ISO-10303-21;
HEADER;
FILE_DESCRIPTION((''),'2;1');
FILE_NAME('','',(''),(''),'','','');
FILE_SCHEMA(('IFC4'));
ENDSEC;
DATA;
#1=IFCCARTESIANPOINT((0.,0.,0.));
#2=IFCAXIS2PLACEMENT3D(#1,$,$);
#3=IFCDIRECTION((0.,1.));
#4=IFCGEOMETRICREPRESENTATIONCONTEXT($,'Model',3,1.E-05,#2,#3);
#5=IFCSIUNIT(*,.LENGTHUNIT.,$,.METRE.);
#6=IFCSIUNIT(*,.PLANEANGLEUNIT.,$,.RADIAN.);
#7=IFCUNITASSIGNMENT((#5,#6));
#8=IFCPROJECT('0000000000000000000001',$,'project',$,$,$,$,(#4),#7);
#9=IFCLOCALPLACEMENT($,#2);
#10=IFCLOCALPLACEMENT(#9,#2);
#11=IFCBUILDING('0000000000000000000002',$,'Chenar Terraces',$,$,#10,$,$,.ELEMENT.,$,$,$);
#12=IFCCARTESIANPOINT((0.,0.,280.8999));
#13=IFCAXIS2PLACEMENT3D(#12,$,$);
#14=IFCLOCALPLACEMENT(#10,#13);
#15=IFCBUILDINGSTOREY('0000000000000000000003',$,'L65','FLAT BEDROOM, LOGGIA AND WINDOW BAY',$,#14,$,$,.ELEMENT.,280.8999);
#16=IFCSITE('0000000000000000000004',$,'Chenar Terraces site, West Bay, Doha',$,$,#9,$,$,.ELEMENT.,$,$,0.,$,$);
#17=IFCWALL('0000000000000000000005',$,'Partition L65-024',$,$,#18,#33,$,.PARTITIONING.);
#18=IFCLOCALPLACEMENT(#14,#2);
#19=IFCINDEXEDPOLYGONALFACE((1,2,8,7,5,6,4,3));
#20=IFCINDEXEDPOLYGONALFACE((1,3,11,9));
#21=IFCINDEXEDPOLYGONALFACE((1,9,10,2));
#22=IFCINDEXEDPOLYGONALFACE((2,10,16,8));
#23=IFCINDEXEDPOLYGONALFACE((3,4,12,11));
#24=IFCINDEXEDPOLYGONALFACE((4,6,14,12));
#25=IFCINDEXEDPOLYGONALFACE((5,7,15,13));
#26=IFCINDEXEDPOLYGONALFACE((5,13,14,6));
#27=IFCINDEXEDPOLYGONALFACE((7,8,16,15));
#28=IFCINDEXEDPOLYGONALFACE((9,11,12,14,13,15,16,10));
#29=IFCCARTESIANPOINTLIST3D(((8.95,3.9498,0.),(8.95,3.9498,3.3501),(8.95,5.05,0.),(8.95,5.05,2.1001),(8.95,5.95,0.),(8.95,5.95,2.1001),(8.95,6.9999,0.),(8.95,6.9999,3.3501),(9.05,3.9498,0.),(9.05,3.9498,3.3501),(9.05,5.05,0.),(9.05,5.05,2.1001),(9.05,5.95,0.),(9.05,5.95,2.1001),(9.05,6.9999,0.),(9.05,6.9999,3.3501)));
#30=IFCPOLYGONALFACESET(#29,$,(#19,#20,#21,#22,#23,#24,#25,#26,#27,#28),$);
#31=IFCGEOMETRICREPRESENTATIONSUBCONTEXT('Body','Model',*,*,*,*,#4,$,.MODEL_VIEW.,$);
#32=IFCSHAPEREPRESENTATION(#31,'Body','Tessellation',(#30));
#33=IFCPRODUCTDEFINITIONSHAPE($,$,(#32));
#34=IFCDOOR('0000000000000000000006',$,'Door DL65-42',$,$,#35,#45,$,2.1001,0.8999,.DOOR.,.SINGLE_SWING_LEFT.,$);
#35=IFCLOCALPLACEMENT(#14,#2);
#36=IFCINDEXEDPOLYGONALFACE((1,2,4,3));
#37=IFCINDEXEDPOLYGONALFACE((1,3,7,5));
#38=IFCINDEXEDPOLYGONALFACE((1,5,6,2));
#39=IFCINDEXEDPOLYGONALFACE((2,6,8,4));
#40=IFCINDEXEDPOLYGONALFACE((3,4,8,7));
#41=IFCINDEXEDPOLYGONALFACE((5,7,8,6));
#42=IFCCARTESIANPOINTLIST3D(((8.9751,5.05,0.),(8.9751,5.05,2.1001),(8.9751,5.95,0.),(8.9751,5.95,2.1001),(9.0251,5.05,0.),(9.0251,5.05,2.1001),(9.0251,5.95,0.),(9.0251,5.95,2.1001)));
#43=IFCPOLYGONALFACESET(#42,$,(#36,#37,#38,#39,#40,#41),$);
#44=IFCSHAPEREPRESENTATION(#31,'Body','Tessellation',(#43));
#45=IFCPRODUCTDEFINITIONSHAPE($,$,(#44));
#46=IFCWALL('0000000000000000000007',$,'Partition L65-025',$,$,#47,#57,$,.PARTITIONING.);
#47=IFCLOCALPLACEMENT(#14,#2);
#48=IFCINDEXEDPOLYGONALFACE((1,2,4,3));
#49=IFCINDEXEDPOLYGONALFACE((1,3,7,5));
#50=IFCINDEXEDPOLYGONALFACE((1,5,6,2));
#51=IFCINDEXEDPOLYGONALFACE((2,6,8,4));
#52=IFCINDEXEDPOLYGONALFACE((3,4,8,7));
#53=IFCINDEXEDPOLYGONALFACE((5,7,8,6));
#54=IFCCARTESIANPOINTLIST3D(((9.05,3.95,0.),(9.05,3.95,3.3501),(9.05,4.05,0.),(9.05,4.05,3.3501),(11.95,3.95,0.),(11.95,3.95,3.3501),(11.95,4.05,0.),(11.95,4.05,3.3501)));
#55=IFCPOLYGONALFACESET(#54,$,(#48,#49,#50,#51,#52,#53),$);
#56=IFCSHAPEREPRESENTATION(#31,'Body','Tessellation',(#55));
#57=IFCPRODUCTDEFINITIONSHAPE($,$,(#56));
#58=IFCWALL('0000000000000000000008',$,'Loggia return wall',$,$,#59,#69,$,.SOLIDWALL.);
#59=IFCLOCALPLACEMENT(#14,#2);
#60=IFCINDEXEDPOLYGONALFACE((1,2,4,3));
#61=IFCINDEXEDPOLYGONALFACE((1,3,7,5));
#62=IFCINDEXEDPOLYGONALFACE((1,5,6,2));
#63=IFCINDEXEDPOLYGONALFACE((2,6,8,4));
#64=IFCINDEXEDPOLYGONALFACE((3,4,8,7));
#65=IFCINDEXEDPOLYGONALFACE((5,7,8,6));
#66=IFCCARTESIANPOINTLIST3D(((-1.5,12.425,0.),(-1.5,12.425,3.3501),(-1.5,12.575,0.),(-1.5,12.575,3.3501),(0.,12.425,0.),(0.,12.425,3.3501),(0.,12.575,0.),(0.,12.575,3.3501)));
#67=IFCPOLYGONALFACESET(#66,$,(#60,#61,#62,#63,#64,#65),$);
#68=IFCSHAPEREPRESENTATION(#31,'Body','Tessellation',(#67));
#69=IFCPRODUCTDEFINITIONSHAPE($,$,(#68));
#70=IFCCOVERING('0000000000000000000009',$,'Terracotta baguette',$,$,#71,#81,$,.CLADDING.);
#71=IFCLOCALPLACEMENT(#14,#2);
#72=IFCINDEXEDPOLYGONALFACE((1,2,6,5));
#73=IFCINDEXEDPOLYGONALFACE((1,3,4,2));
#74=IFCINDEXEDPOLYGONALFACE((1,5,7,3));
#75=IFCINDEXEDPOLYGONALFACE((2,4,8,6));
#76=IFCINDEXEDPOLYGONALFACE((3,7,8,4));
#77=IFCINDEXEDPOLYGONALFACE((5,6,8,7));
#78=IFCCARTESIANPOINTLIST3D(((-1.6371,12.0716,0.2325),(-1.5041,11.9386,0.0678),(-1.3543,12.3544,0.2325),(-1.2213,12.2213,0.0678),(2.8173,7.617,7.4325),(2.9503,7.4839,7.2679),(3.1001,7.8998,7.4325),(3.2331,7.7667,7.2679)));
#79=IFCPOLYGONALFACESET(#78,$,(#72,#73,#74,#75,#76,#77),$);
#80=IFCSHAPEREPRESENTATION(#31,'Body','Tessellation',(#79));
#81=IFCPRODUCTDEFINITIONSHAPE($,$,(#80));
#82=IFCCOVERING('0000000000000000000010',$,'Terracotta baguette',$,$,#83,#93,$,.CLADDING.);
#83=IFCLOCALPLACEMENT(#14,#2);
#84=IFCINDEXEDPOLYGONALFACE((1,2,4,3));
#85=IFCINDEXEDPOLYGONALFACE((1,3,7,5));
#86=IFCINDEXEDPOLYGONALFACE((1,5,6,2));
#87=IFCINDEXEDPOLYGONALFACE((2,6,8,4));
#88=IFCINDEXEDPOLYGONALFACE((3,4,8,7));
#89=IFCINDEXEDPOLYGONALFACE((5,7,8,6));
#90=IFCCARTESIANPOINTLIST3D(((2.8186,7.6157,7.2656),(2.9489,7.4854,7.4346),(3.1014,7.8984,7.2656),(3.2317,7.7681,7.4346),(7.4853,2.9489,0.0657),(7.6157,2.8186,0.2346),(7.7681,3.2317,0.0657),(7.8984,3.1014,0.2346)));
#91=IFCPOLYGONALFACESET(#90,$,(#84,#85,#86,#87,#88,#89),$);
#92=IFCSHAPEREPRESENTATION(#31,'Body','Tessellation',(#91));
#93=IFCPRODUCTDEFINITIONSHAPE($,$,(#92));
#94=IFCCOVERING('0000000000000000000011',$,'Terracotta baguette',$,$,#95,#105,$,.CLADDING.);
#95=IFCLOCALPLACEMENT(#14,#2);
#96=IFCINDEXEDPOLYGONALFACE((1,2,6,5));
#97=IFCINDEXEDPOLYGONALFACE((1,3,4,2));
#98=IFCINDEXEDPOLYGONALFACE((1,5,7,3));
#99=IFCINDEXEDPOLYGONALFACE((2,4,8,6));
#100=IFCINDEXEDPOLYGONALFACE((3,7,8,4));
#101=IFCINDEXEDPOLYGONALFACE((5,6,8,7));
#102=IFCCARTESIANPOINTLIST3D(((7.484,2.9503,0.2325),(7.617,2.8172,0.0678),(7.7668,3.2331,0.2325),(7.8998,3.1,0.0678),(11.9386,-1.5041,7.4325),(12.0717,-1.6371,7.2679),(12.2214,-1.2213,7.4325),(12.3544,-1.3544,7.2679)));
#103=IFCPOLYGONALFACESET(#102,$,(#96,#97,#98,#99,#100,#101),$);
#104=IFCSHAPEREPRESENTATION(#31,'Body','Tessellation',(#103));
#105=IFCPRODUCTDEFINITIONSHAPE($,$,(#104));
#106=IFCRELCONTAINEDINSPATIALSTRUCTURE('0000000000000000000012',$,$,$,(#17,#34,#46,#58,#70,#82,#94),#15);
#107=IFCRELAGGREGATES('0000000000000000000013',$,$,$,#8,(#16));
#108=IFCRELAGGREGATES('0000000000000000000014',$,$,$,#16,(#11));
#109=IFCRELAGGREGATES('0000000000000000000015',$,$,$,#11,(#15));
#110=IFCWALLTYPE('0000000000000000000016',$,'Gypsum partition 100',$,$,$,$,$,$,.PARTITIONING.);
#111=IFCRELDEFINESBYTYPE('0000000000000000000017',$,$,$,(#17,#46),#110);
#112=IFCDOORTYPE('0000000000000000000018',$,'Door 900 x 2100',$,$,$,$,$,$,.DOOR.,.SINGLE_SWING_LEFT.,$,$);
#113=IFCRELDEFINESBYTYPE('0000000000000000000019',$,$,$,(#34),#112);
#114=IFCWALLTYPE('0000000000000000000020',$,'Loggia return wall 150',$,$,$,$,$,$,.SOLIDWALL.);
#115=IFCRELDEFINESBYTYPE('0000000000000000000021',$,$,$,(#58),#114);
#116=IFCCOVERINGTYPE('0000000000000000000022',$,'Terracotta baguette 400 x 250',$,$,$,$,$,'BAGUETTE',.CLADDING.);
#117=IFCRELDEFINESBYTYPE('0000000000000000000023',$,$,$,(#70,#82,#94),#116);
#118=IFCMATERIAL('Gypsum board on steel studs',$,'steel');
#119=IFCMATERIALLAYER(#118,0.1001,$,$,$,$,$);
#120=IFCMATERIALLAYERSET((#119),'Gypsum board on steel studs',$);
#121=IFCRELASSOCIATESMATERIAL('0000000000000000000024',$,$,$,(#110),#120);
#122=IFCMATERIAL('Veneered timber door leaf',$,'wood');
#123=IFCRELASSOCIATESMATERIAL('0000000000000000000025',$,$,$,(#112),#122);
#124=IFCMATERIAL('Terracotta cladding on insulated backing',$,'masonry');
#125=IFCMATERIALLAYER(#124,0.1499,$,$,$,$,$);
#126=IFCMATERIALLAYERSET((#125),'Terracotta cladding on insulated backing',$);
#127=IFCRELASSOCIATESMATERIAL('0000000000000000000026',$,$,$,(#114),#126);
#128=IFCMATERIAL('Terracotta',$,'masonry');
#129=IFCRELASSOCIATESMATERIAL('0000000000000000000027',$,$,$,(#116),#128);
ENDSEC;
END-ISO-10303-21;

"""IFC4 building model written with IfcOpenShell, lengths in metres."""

from ifc_helpers import new_model, si_unit, direction, frame, frame_2d, origin, origin_2d, place, context, subcontext, project, spatial, rectangle, extrude, material, layer, layer_set, material_profile, profile_set, type_object, element, fill, save


model = new_model("IFC4")

# Units and contexts
model_context = context("Model", 3, precision=1e-05, world=origin(), true_north=direction((0.0, 1.0)))
body_context = subcontext(model_context, "Body", "Model", "MODEL_VIEW")
ifc_project = project(units=[si_unit("LENGTHUNIT", "METRE"), si_unit("PLANEANGLEUNIT", "RADIAN")], contexts=[model_context])

# Site, building, storey
site_placement = place(None, origin())
site = spatial("IfcSite", under=ifc_project, at=site_placement, Name="Chenar Terraces site, West Bay, Doha", CompositionType="ELEMENT", RefElevation=0.0)
building_placement = place(site_placement, origin())
building = spatial("IfcBuilding", under=site, at=building_placement, Name="Chenar Terraces", CompositionType="ELEMENT")
storey_placement = place(building_placement, frame((0.0, 0.0, 280.8999)))
storey = spatial("IfcBuildingStorey", under=building, at=storey_placement, Name="L65", Description="FLAT BEDROOM, LOGGIA AND WINDOW BAY", CompositionType="ELEMENT", Elevation=280.8999)

# Wall, opening, door
ifc_material_1 = material(Name="Gypsum board on steel studs", Category="steel")
ifc_layer_1 = layer(ifc_material_1, 0.1001)
ifc_layer_set_1 = layer_set([ifc_layer_1], Name="Gypsum board on steel studs")
wall_type_1 = type_object("IfcWallType", Name="Gypsum partition 100", PredefinedType="PARTITIONING", material=ifc_layer_set_1)
ifc_material_2 = material(Name="Veneered timber door leaf", Category="wood")
door_type_1 = type_object("IfcDoorType", Name="Door 900 x 2100", OperationType="SINGLE_SWING_LEFT", PredefinedType="DOOR", material=ifc_material_2)
wall_1_placement = place(storey_placement, frame((9.0, 3.95, 0.0), z_axis=(0.0, 0.0, 1.0), x_axis=(0.0, 1.0, 0.0)))
wall_1 = element("IfcWall", 1, at=wall_1_placement, inside=storey, type_object=wall_type_1, Name="Partition L65-024", PredefinedType="PARTITIONING", context=body_context, shape_type="SweptSolid", body=[
    extrude(rectangle(XDim=3.05, YDim=0.1001, at=frame_2d((1.5249, 0.0))), origin(), (0.0, 0.0, 1.0), 3.3501),
])
opening_1_placement = place(wall_1_placement, frame((1.1001, 0.0, 0.0)))
opening_1 = element("IfcOpeningElement", 2, at=opening_1_placement, cuts=wall_1, PredefinedType="OPENING", context=body_context, shape_type="SweptSolid", body=[
    extrude(rectangle(XDim=0.8999, YDim=2.1001, at=frame_2d((0.45, 1.05))), frame((0.0, 0.0601, 0.0), z_axis=(0.0, -1.0, 0.0), x_axis=(1.0, 0.0, 0.0)), (0.0, 0.0, 1.0), 0.1201),
])
door_1_placement = place(opening_1_placement, origin())
door_1 = element("IfcDoor", 3, at=door_1_placement, inside=storey, type_object=door_type_1, Name="Door DL65-42", OperationType="SINGLE_SWING_LEFT", OverallHeight=2.1001, OverallWidth=0.8999, PredefinedType="DOOR", context=body_context, shape_type="SweptSolid", body=[
    extrude(rectangle(XDim=0.8999, YDim=2.1001, at=frame_2d((0.45, 1.05))), frame((0.0, 0.0249, 0.0), z_axis=(0.0, -1.0, 0.0), x_axis=(1.0, 0.0, 0.0)), (0.0, 0.0, 1.0), 0.05),
])
fill(opening_1, door_1)

# Walls
wall_2_placement = place(storey_placement, frame((9.05, 4.0, 0.0), z_axis=(0.0, 0.0, 1.0), x_axis=(1.0, 0.0, 0.0)))
element("IfcWall", 4, at=wall_2_placement, inside=storey, type_object=wall_type_1, Name="Partition L65-025", PredefinedType="PARTITIONING", context=body_context, shape_type="SweptSolid", body=[
    extrude(rectangle(XDim=2.8999, YDim=0.1001, at=frame_2d((1.45, 0.0))), origin(), (0.0, 0.0, 1.0), 3.3501),
])
ifc_material_3 = material(Name="Terracotta cladding on insulated backing", Category="masonry")
ifc_layer_2 = layer(ifc_material_3, 0.1499)
ifc_layer_set_2 = layer_set([ifc_layer_2], Name="Terracotta cladding on insulated backing")
wall_type_2 = type_object("IfcWallType", Name="Loggia return wall 150", PredefinedType="SOLIDWALL", material=ifc_layer_set_2)
wall_3_placement = place(storey_placement, frame((-1.5, 12.5, 0.0), z_axis=(0.0, 0.0, 1.0), x_axis=(1.0, 0.0, 0.0)))
element("IfcWall", 5, at=wall_3_placement, inside=storey, type_object=wall_type_2, Name="Loggia return wall", PredefinedType="SOLIDWALL", context=body_context, shape_type="SweptSolid", body=[
    extrude(rectangle(XDim=1.5, YDim=0.1499, at=frame_2d((0.75, 0.0))), origin(), (0.0, 0.0, 1.0), 3.3501),
])

# Coverings
ifc_material_4 = material(Name="Terracotta", Category="masonry")
ifc_material_profile = material_profile(ifc_material_4, rectangle(XDim=0.3999, YDim=0.25, at=origin_2d()), Name="Terracotta baguette 400 x 250")
ifc_profile_set = profile_set([ifc_material_profile], Name="Terracotta")
covering_type = type_object("IfcCoveringType", Name="Terracotta baguette 400 x 250", ElementType="BAGUETTE", PredefinedType="CLADDING", material=ifc_profile_set)
covering_1_placement = place(storey_placement, frame((-1.4292, 12.1465, 0.1501), z_axis=(0.465604, -0.46563, 0.752597), x_axis=(0.707126, 0.707087, 0.0)))
element("IfcCovering", 6, at=covering_1_placement, inside=storey, type_object=covering_type, Name="Terracotta baguette", PredefinedType="CLADDING", context=body_context, shape_type="SweptSolid", body=[
    extrude(rectangle(XDim=0.3999, YDim=0.25, at=origin_2d()), origin(), (0.0, 0.0, 1.0), 9.5669),
])
covering_2_placement = place(storey_placement, frame((3.0251, 7.6919, 7.3501), z_axis=(0.477803, -0.477803, -0.737163), x_axis=(0.707107, 0.707107, 0.0)))
element("IfcCovering", 7, at=covering_2_placement, inside=storey, type_object=covering_type, Name="Terracotta baguette", PredefinedType="CLADDING", context=body_context, shape_type="SweptSolid", body=[
    extrude(rectangle(XDim=0.3999, YDim=0.25, at=origin_2d()), origin(), (0.0, 0.0, 1.0), 9.7671),
])
covering_3_placement = place(storey_placement, frame((7.6919, 3.0251, 0.1501), z_axis=(0.46563, -0.465604, 0.752597), x_axis=(0.707087, 0.707126, 0.0)))
element("IfcCovering", 8, at=covering_3_placement, inside=storey, type_object=covering_type, Name="Terracotta baguette", PredefinedType="CLADDING", context=body_context, shape_type="SweptSolid", body=[
    extrude(rectangle(XDim=0.3999, YDim=0.25, at=origin_2d()), origin(), (0.0, 0.0, 1.0), 9.5669),
])

save(model, "model.ifc")
